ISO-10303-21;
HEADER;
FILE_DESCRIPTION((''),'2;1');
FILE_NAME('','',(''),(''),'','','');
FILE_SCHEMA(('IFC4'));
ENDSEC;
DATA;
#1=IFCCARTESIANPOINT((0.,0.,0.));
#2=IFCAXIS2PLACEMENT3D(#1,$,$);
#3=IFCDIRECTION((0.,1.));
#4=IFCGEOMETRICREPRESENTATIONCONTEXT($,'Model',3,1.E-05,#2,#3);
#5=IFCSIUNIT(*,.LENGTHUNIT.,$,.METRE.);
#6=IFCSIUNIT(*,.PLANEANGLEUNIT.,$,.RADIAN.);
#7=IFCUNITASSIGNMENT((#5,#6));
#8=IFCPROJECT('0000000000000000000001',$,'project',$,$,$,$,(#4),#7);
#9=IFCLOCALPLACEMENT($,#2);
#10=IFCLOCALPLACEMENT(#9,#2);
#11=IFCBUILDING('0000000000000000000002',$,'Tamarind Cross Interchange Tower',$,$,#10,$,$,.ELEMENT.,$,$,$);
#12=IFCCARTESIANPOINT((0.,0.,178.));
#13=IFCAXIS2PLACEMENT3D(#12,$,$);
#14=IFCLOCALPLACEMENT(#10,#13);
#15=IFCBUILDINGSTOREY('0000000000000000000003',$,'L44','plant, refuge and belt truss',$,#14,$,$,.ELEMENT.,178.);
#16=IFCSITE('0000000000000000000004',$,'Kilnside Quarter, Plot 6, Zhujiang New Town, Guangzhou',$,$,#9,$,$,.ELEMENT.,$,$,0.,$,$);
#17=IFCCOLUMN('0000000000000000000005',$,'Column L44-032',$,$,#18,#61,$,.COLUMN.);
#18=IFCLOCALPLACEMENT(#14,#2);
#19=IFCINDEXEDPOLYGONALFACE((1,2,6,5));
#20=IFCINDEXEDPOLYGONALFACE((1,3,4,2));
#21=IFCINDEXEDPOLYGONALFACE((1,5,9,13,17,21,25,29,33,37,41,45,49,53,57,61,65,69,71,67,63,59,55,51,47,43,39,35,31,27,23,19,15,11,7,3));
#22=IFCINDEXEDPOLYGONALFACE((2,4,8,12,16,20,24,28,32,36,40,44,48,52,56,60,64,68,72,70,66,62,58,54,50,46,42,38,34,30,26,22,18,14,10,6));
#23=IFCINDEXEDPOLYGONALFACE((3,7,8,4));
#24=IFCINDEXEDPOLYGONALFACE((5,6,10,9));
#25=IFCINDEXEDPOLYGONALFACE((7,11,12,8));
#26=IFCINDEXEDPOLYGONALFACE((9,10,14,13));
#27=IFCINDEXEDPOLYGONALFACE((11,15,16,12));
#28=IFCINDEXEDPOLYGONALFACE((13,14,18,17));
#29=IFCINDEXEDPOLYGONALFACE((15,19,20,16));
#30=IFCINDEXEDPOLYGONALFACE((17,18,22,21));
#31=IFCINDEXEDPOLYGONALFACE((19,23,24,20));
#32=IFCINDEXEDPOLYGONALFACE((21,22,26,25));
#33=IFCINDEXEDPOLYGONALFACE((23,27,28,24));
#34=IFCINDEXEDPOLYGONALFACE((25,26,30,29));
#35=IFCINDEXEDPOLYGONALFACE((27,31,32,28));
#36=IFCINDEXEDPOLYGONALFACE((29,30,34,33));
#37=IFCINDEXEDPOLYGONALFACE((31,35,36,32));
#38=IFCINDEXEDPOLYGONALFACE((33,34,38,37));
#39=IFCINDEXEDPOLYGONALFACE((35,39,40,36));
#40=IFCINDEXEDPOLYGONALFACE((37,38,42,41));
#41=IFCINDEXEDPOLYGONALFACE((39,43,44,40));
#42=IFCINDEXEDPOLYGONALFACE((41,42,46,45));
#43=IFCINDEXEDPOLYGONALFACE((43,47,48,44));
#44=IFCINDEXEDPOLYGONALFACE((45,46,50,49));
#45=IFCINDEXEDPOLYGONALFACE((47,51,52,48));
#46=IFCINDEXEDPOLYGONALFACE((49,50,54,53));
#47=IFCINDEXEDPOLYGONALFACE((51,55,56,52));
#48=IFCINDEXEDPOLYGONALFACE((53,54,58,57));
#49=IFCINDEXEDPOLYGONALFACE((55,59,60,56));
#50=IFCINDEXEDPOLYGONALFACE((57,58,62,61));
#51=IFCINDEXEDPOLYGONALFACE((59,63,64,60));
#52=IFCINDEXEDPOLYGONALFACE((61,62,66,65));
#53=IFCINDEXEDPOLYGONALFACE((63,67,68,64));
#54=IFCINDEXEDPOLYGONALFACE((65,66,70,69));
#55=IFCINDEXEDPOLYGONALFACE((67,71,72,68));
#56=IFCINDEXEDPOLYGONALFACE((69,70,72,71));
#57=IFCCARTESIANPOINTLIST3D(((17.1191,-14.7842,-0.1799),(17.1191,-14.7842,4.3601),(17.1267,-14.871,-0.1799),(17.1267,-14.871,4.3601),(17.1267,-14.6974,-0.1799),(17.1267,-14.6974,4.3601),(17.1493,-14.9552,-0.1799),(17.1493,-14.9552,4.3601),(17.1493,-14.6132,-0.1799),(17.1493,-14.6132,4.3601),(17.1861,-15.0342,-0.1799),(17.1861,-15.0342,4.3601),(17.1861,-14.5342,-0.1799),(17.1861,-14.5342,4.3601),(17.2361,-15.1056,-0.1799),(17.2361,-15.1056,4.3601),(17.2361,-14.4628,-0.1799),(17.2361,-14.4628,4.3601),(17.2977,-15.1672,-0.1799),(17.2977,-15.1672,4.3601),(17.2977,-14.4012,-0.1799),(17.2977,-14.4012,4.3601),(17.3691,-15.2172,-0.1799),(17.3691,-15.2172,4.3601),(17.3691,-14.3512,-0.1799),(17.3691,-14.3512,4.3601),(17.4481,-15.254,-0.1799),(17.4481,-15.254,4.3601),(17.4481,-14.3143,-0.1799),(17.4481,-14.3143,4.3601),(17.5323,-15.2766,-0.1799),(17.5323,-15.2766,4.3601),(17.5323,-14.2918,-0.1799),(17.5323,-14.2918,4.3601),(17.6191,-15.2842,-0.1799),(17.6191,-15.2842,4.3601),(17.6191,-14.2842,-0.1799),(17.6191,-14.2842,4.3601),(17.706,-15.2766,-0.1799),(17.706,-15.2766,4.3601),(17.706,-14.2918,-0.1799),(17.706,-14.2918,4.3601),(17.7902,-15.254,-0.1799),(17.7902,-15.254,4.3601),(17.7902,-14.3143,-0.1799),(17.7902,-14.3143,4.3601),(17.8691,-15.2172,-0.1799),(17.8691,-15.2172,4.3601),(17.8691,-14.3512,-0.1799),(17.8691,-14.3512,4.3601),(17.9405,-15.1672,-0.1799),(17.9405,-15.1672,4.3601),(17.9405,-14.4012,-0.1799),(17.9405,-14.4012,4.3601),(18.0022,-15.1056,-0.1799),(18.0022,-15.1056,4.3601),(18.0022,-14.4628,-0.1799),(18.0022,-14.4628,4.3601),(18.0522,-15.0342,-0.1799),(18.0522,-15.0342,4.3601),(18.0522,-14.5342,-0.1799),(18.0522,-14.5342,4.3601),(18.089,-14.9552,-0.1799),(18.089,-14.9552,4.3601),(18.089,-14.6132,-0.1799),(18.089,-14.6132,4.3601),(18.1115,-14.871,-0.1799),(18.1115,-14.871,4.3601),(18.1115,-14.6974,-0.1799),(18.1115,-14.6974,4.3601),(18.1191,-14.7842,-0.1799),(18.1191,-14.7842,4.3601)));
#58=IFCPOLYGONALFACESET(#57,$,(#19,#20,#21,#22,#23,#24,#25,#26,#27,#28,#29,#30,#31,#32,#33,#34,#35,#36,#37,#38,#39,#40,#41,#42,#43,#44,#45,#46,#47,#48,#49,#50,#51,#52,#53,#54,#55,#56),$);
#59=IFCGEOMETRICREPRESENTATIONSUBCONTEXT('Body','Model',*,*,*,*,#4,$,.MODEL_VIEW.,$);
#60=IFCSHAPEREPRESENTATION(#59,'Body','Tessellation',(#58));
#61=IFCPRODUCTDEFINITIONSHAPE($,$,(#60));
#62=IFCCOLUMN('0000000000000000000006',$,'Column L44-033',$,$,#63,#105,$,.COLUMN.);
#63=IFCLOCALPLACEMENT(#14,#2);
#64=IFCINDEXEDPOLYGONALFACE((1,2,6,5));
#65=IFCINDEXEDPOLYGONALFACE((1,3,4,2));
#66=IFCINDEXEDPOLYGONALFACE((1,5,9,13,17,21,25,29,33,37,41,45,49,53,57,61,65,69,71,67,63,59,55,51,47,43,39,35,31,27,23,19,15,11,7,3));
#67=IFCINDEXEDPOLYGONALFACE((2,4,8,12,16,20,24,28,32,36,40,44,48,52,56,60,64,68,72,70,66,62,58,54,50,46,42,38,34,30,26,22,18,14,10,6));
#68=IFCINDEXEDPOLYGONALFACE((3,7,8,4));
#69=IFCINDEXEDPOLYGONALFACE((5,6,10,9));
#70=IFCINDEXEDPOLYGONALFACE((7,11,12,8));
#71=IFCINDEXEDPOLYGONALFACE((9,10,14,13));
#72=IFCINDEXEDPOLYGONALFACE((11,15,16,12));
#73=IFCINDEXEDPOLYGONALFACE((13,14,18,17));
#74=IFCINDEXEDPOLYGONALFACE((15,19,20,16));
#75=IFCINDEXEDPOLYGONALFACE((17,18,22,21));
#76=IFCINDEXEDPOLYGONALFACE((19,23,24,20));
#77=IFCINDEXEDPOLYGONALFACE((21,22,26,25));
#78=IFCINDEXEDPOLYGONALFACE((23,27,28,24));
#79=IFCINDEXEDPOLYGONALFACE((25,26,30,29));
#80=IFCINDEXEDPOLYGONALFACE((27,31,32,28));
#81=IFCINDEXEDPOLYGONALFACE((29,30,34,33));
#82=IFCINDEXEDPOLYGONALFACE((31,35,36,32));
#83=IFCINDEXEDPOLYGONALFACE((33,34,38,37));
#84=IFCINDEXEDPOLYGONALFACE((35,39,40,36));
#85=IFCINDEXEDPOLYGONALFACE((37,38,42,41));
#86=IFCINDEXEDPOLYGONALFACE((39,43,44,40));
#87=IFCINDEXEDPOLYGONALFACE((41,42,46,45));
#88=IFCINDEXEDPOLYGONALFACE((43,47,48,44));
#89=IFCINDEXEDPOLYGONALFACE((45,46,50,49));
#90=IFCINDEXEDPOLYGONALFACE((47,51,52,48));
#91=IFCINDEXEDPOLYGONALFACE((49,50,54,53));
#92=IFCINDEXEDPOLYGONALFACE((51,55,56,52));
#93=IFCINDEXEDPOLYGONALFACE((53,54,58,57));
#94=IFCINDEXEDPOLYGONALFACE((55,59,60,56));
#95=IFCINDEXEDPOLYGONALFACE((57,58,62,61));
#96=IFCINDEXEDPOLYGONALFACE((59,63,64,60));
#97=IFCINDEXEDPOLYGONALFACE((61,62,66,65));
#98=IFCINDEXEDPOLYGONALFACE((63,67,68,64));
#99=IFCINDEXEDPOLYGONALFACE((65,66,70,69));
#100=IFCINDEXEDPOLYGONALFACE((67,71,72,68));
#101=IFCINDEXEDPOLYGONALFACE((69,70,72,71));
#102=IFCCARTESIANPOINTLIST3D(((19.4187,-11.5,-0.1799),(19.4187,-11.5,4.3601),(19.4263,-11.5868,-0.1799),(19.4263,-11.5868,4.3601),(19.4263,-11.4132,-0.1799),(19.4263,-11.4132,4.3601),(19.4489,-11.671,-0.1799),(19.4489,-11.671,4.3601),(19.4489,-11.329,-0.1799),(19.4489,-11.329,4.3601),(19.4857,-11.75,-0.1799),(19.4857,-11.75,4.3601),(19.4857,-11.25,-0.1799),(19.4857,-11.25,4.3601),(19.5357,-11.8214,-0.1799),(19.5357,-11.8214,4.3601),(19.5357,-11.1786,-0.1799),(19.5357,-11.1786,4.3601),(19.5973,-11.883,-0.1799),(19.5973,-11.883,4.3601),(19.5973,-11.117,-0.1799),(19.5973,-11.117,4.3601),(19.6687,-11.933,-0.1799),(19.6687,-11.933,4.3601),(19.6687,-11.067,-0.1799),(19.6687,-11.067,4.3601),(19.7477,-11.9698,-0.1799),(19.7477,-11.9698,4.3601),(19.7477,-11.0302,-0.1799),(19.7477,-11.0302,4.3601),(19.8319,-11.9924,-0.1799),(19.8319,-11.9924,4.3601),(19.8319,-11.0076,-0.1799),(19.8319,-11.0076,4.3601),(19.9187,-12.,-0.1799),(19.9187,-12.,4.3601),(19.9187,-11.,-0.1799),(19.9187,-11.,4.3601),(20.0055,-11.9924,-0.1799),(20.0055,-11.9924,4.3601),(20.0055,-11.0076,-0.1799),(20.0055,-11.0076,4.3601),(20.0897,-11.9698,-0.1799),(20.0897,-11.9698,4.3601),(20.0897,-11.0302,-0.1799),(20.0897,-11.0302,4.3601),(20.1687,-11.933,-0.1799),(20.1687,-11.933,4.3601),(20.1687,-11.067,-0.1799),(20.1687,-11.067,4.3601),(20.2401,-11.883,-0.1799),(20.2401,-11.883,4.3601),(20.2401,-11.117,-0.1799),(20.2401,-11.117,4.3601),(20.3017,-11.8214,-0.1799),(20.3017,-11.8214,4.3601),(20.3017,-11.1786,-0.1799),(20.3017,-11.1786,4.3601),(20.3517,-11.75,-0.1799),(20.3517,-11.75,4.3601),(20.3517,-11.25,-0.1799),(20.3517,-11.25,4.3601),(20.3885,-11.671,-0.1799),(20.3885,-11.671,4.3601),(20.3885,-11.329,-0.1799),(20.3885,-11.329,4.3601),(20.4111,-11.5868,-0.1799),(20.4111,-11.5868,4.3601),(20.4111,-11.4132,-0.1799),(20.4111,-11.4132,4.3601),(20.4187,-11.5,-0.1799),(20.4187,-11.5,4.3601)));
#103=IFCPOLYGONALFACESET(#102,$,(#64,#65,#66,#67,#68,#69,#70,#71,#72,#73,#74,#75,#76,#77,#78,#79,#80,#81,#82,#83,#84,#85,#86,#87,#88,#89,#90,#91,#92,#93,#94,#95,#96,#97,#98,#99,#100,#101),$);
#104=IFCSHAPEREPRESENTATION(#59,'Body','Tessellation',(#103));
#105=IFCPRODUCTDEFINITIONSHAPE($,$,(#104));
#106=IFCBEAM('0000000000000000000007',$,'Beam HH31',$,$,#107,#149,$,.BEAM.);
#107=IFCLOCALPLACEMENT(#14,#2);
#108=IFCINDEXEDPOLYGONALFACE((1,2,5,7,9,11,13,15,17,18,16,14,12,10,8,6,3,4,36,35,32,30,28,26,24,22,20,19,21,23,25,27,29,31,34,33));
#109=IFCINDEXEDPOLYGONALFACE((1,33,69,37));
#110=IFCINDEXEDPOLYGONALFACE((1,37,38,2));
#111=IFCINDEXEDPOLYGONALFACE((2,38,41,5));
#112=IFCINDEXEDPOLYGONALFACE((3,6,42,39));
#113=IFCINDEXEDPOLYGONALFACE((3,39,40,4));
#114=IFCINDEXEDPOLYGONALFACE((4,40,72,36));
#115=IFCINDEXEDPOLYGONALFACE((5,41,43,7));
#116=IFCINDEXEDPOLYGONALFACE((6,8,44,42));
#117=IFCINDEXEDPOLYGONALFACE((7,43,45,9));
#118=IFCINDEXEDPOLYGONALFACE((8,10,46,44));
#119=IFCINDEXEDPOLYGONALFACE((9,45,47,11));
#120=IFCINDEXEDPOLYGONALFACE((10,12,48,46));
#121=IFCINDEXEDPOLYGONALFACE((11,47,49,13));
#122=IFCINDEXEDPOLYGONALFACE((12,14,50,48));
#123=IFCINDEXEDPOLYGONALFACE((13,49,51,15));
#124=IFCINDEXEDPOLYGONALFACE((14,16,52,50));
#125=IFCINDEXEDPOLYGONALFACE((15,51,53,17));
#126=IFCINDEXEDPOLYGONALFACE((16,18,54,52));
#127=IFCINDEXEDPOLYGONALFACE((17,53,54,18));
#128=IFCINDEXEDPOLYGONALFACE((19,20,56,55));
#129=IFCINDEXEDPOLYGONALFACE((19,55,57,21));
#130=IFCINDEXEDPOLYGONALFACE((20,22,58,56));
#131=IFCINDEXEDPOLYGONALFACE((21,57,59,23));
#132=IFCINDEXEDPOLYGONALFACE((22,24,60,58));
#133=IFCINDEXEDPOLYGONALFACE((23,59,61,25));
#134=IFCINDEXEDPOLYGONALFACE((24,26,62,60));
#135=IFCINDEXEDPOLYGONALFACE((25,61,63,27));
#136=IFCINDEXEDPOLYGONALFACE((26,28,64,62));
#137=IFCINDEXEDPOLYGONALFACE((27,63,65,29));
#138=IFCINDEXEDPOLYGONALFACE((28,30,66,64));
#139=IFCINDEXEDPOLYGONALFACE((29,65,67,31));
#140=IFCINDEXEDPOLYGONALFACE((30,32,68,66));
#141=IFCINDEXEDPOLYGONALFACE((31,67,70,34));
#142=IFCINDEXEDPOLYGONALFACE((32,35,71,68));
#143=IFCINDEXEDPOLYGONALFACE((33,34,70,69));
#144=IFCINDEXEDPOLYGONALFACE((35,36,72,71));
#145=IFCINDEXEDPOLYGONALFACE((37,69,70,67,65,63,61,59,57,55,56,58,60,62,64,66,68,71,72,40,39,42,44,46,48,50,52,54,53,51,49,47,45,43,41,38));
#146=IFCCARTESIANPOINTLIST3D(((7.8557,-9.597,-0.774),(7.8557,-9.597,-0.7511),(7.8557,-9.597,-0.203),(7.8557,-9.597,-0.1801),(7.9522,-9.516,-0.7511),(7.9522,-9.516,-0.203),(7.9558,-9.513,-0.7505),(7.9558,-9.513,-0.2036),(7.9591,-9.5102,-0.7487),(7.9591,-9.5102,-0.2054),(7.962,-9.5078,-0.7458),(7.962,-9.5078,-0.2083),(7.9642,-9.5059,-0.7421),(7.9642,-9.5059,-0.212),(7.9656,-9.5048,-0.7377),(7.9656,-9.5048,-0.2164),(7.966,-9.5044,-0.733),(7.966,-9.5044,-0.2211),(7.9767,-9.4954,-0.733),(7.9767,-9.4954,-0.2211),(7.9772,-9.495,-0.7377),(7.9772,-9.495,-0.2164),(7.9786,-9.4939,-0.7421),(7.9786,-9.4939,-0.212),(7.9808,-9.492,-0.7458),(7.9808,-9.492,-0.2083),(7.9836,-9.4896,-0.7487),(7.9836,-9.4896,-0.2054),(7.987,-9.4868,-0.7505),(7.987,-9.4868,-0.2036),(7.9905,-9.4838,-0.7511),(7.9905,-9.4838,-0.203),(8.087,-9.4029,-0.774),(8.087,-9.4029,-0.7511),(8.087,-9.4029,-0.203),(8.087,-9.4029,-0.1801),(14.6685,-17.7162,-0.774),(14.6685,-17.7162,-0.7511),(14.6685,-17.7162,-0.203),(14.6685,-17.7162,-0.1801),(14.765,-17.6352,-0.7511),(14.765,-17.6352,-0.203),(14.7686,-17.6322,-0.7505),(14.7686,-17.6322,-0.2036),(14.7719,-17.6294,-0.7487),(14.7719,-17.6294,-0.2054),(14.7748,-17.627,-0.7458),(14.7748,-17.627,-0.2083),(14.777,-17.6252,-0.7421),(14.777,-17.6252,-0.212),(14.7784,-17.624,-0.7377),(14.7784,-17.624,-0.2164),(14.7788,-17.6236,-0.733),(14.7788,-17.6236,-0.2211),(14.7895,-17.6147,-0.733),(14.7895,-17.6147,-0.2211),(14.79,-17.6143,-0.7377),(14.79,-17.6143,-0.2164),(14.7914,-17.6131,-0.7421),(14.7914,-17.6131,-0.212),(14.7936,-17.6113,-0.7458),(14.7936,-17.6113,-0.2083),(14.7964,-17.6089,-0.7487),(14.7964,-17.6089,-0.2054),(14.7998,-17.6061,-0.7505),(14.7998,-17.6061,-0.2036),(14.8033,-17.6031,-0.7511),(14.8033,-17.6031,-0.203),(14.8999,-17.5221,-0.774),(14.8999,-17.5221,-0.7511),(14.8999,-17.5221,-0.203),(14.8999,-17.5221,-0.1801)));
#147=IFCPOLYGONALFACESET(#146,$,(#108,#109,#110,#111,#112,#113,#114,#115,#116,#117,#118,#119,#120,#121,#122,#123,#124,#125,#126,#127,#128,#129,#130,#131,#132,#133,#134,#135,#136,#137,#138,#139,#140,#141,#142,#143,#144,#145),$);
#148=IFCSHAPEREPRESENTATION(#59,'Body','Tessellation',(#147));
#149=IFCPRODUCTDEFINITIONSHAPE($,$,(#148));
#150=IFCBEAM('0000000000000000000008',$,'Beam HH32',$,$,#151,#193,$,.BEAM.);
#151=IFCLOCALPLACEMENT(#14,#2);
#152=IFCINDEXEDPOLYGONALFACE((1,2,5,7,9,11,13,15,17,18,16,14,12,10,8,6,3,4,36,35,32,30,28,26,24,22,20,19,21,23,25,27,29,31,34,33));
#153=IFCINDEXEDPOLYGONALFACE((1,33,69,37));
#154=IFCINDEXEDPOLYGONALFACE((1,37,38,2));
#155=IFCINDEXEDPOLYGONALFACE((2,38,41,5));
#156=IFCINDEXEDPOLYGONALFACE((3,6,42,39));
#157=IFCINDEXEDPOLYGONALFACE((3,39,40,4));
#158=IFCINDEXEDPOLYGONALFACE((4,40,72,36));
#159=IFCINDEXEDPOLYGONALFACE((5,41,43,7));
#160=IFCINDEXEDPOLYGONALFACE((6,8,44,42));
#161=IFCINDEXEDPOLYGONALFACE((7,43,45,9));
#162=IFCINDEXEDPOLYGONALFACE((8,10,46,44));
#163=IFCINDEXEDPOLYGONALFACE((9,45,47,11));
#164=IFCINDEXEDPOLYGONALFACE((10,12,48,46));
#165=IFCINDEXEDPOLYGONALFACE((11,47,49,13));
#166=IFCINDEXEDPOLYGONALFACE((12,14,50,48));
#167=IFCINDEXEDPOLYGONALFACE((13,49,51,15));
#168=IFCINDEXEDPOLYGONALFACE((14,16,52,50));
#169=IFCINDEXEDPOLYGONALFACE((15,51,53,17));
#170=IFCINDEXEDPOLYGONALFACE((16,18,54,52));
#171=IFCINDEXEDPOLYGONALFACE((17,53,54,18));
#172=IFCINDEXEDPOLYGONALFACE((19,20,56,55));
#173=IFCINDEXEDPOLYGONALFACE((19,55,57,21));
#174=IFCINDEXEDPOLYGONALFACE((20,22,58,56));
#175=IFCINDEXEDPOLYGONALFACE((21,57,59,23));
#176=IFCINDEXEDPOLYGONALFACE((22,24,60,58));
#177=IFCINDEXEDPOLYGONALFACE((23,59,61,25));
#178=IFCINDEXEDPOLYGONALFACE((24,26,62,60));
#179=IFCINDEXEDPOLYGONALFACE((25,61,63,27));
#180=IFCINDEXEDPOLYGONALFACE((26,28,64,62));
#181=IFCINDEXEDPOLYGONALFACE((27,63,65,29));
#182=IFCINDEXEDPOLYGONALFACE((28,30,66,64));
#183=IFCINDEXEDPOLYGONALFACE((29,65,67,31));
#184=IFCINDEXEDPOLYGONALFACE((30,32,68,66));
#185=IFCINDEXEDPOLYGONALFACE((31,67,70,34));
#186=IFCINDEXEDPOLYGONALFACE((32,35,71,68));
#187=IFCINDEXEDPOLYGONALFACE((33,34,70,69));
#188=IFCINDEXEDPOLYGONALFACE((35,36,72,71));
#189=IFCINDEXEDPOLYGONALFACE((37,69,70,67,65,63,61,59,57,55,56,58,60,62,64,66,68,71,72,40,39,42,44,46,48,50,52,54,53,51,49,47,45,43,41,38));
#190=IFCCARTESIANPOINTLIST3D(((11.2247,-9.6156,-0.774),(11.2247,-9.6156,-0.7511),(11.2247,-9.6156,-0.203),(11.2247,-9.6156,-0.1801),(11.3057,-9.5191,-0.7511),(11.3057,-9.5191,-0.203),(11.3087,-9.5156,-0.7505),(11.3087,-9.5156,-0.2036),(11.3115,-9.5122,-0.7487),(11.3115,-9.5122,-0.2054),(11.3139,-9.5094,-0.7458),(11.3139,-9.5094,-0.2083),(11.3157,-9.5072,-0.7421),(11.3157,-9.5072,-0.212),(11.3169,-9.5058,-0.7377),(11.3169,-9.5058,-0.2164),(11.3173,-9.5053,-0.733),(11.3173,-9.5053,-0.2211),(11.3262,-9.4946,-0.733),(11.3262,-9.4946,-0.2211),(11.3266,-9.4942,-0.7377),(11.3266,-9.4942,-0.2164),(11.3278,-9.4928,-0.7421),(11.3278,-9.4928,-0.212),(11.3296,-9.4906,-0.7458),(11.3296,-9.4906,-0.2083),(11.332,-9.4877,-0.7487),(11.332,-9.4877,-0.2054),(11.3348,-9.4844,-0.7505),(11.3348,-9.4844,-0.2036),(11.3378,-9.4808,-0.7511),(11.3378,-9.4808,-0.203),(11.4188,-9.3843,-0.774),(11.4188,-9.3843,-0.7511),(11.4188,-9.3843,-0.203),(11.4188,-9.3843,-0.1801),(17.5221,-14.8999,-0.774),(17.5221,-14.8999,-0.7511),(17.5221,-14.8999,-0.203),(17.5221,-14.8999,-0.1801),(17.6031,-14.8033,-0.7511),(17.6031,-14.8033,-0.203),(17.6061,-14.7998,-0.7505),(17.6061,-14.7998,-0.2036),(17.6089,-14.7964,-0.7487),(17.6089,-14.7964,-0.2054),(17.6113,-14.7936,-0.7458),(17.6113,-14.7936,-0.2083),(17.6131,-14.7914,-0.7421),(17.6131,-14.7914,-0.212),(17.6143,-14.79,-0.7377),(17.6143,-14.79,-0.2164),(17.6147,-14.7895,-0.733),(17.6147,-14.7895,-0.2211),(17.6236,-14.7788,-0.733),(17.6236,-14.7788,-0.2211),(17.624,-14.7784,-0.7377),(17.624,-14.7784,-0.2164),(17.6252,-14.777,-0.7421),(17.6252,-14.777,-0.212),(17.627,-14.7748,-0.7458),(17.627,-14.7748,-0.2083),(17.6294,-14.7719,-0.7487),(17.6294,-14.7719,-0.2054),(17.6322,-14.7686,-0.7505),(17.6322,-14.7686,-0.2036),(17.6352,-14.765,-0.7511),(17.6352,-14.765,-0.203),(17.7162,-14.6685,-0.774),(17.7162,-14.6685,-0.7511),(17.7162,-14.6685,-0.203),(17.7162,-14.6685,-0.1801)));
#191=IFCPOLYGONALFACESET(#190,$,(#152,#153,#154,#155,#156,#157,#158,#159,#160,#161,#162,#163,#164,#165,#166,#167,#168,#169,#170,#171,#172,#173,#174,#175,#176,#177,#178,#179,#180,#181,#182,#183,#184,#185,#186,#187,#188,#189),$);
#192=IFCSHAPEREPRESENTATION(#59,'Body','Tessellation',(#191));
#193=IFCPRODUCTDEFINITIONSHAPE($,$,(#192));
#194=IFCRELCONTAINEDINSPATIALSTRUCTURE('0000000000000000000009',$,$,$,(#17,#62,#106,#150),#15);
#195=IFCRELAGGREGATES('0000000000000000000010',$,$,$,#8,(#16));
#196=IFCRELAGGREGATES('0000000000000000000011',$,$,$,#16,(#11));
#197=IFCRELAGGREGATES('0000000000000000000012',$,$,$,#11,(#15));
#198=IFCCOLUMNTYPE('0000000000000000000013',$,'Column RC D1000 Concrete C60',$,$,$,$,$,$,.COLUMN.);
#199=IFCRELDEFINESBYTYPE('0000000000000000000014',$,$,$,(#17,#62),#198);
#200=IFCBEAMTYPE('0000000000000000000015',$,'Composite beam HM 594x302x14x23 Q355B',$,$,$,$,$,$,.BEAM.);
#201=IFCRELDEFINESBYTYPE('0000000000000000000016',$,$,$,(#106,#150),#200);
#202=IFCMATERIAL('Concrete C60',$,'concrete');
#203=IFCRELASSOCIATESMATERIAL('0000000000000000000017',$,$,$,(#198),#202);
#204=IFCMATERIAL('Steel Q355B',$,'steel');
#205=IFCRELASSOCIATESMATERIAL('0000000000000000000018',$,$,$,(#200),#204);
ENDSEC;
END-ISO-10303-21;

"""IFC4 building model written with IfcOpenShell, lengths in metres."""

from ifc_helpers import new_model, si_unit, direction, frame, origin, origin_2d, place, context, subcontext, project, spatial, circle, i_section, extrude, material, material_profile, profile_set, type_object, element, save


model = new_model("IFC4")

# Units and contexts
model_context = context("Model", 3, precision=1e-05, world=origin(), true_north=direction((0.0, 1.0)))
body_context = subcontext(model_context, "Body", "Model", "MODEL_VIEW")
ifc_project = project(units=[si_unit("LENGTHUNIT", "METRE"), si_unit("PLANEANGLEUNIT", "RADIAN")], contexts=[model_context])

# Site, building, storey
site_placement = place(None, origin())
site = spatial("IfcSite", under=ifc_project, at=site_placement, Name="Kilnside Quarter, Plot 6, Zhujiang New Town, Guangzhou", CompositionType="ELEMENT", RefElevation=0.0)
building_placement = place(site_placement, origin())
building = spatial("IfcBuilding", under=site, at=building_placement, Name="Tamarind Cross Interchange Tower", CompositionType="ELEMENT")
storey_placement = place(building_placement, frame((0.0, 0.0, 178.0)))
storey = spatial("IfcBuildingStorey", under=building, at=storey_placement, Name="L44", Description="plant, refuge and belt truss", CompositionType="ELEMENT", Elevation=178.0)

# Columns
ifc_material_1 = material(Name="Concrete C60", Category="concrete")
ifc_material_profile_1 = material_profile(ifc_material_1, circle(Radius=0.5, at=origin_2d()), Name="RC D1000")
ifc_profile_set_1 = profile_set([ifc_material_profile_1], Name="Concrete C60")
column_type = type_object("IfcColumnType", Name="Column RC D1000 Concrete C60", PredefinedType="COLUMN", material=ifc_profile_set_1)
for number, where, z_axis, x_axis, name in (
    (1, (17.6191, -14.7842, -0.1799), (0.0, 0.0, 1.0), (1.0, 0.0, 0.0), "Column L44-032"),
    (2, (19.9187, -11.5, -0.1799), (0.0, 0.0, 1.0), (1.0, 0.0, 0.0), "Column L44-033"),
):
    element("IfcColumn", number, at=place(storey_placement, frame(where, z_axis=z_axis, x_axis=x_axis)), inside=storey, type_object=column_type, Name=name, PredefinedType="COLUMN", context=body_context, shape_type="SweptSolid", body=[
        extrude(circle(Radius=0.5, at=origin_2d()), origin(), (0.0, 0.0, 1.0), 4.54),
    ])

# Beams
ifc_material_2 = material(Name="Steel Q355B", Category="steel")
ifc_material_profile_2 = material_profile(ifc_material_2, i_section(OverallWidth=0.302, OverallDepth=0.594, WebThickness=0.0139, FlangeThickness=0.0229, FilletRadius=0.0181, at=origin_2d()), Name="HM 594x302x14x23")
ifc_profile_set_2 = profile_set([ifc_material_profile_2], Name="Steel Q355B")
beam_type = type_object("IfcBeamType", Name="Composite beam HM 594x302x14x23 Q355B", PredefinedType="BEAM", material=ifc_profile_set_2)
beam_1_placement = place(storey_placement, frame((14.7842, -17.6191, -0.4771), z_axis=(-0.642786, 0.766046, 0.0), x_axis=(-0.766046, -0.642786, 0.0)))
element("IfcBeam", 3, at=beam_1_placement, inside=storey, type_object=beam_type, Name="Beam HH31", PredefinedType="BEAM", context=body_context, shape_type="SweptSolid", body=[
    extrude(i_section(OverallWidth=0.302, OverallDepth=0.594, WebThickness=0.0139, FlangeThickness=0.0229, FilletRadius=0.0181, at=origin_2d()), origin(), (0.0, 0.0, 1.0), 10.5989),
])
beam_2_placement = place(storey_placement, frame((17.6191, -14.7842, -0.4771), z_axis=(-0.766041, 0.642792, 0.0), x_axis=(-0.642792, -0.766041, 0.0)))
element("IfcBeam", 4, at=beam_2_placement, inside=storey, type_object=beam_type, Name="Beam HH32", PredefinedType="BEAM", context=body_context, shape_type="SweptSolid", body=[
    extrude(i_section(OverallWidth=0.302, OverallDepth=0.594, WebThickness=0.0139, FlangeThickness=0.0229, FilletRadius=0.0181, at=origin_2d()), origin(), (0.0, 0.0, 1.0), 8.2207),
])

save(model, "model.ifc")
